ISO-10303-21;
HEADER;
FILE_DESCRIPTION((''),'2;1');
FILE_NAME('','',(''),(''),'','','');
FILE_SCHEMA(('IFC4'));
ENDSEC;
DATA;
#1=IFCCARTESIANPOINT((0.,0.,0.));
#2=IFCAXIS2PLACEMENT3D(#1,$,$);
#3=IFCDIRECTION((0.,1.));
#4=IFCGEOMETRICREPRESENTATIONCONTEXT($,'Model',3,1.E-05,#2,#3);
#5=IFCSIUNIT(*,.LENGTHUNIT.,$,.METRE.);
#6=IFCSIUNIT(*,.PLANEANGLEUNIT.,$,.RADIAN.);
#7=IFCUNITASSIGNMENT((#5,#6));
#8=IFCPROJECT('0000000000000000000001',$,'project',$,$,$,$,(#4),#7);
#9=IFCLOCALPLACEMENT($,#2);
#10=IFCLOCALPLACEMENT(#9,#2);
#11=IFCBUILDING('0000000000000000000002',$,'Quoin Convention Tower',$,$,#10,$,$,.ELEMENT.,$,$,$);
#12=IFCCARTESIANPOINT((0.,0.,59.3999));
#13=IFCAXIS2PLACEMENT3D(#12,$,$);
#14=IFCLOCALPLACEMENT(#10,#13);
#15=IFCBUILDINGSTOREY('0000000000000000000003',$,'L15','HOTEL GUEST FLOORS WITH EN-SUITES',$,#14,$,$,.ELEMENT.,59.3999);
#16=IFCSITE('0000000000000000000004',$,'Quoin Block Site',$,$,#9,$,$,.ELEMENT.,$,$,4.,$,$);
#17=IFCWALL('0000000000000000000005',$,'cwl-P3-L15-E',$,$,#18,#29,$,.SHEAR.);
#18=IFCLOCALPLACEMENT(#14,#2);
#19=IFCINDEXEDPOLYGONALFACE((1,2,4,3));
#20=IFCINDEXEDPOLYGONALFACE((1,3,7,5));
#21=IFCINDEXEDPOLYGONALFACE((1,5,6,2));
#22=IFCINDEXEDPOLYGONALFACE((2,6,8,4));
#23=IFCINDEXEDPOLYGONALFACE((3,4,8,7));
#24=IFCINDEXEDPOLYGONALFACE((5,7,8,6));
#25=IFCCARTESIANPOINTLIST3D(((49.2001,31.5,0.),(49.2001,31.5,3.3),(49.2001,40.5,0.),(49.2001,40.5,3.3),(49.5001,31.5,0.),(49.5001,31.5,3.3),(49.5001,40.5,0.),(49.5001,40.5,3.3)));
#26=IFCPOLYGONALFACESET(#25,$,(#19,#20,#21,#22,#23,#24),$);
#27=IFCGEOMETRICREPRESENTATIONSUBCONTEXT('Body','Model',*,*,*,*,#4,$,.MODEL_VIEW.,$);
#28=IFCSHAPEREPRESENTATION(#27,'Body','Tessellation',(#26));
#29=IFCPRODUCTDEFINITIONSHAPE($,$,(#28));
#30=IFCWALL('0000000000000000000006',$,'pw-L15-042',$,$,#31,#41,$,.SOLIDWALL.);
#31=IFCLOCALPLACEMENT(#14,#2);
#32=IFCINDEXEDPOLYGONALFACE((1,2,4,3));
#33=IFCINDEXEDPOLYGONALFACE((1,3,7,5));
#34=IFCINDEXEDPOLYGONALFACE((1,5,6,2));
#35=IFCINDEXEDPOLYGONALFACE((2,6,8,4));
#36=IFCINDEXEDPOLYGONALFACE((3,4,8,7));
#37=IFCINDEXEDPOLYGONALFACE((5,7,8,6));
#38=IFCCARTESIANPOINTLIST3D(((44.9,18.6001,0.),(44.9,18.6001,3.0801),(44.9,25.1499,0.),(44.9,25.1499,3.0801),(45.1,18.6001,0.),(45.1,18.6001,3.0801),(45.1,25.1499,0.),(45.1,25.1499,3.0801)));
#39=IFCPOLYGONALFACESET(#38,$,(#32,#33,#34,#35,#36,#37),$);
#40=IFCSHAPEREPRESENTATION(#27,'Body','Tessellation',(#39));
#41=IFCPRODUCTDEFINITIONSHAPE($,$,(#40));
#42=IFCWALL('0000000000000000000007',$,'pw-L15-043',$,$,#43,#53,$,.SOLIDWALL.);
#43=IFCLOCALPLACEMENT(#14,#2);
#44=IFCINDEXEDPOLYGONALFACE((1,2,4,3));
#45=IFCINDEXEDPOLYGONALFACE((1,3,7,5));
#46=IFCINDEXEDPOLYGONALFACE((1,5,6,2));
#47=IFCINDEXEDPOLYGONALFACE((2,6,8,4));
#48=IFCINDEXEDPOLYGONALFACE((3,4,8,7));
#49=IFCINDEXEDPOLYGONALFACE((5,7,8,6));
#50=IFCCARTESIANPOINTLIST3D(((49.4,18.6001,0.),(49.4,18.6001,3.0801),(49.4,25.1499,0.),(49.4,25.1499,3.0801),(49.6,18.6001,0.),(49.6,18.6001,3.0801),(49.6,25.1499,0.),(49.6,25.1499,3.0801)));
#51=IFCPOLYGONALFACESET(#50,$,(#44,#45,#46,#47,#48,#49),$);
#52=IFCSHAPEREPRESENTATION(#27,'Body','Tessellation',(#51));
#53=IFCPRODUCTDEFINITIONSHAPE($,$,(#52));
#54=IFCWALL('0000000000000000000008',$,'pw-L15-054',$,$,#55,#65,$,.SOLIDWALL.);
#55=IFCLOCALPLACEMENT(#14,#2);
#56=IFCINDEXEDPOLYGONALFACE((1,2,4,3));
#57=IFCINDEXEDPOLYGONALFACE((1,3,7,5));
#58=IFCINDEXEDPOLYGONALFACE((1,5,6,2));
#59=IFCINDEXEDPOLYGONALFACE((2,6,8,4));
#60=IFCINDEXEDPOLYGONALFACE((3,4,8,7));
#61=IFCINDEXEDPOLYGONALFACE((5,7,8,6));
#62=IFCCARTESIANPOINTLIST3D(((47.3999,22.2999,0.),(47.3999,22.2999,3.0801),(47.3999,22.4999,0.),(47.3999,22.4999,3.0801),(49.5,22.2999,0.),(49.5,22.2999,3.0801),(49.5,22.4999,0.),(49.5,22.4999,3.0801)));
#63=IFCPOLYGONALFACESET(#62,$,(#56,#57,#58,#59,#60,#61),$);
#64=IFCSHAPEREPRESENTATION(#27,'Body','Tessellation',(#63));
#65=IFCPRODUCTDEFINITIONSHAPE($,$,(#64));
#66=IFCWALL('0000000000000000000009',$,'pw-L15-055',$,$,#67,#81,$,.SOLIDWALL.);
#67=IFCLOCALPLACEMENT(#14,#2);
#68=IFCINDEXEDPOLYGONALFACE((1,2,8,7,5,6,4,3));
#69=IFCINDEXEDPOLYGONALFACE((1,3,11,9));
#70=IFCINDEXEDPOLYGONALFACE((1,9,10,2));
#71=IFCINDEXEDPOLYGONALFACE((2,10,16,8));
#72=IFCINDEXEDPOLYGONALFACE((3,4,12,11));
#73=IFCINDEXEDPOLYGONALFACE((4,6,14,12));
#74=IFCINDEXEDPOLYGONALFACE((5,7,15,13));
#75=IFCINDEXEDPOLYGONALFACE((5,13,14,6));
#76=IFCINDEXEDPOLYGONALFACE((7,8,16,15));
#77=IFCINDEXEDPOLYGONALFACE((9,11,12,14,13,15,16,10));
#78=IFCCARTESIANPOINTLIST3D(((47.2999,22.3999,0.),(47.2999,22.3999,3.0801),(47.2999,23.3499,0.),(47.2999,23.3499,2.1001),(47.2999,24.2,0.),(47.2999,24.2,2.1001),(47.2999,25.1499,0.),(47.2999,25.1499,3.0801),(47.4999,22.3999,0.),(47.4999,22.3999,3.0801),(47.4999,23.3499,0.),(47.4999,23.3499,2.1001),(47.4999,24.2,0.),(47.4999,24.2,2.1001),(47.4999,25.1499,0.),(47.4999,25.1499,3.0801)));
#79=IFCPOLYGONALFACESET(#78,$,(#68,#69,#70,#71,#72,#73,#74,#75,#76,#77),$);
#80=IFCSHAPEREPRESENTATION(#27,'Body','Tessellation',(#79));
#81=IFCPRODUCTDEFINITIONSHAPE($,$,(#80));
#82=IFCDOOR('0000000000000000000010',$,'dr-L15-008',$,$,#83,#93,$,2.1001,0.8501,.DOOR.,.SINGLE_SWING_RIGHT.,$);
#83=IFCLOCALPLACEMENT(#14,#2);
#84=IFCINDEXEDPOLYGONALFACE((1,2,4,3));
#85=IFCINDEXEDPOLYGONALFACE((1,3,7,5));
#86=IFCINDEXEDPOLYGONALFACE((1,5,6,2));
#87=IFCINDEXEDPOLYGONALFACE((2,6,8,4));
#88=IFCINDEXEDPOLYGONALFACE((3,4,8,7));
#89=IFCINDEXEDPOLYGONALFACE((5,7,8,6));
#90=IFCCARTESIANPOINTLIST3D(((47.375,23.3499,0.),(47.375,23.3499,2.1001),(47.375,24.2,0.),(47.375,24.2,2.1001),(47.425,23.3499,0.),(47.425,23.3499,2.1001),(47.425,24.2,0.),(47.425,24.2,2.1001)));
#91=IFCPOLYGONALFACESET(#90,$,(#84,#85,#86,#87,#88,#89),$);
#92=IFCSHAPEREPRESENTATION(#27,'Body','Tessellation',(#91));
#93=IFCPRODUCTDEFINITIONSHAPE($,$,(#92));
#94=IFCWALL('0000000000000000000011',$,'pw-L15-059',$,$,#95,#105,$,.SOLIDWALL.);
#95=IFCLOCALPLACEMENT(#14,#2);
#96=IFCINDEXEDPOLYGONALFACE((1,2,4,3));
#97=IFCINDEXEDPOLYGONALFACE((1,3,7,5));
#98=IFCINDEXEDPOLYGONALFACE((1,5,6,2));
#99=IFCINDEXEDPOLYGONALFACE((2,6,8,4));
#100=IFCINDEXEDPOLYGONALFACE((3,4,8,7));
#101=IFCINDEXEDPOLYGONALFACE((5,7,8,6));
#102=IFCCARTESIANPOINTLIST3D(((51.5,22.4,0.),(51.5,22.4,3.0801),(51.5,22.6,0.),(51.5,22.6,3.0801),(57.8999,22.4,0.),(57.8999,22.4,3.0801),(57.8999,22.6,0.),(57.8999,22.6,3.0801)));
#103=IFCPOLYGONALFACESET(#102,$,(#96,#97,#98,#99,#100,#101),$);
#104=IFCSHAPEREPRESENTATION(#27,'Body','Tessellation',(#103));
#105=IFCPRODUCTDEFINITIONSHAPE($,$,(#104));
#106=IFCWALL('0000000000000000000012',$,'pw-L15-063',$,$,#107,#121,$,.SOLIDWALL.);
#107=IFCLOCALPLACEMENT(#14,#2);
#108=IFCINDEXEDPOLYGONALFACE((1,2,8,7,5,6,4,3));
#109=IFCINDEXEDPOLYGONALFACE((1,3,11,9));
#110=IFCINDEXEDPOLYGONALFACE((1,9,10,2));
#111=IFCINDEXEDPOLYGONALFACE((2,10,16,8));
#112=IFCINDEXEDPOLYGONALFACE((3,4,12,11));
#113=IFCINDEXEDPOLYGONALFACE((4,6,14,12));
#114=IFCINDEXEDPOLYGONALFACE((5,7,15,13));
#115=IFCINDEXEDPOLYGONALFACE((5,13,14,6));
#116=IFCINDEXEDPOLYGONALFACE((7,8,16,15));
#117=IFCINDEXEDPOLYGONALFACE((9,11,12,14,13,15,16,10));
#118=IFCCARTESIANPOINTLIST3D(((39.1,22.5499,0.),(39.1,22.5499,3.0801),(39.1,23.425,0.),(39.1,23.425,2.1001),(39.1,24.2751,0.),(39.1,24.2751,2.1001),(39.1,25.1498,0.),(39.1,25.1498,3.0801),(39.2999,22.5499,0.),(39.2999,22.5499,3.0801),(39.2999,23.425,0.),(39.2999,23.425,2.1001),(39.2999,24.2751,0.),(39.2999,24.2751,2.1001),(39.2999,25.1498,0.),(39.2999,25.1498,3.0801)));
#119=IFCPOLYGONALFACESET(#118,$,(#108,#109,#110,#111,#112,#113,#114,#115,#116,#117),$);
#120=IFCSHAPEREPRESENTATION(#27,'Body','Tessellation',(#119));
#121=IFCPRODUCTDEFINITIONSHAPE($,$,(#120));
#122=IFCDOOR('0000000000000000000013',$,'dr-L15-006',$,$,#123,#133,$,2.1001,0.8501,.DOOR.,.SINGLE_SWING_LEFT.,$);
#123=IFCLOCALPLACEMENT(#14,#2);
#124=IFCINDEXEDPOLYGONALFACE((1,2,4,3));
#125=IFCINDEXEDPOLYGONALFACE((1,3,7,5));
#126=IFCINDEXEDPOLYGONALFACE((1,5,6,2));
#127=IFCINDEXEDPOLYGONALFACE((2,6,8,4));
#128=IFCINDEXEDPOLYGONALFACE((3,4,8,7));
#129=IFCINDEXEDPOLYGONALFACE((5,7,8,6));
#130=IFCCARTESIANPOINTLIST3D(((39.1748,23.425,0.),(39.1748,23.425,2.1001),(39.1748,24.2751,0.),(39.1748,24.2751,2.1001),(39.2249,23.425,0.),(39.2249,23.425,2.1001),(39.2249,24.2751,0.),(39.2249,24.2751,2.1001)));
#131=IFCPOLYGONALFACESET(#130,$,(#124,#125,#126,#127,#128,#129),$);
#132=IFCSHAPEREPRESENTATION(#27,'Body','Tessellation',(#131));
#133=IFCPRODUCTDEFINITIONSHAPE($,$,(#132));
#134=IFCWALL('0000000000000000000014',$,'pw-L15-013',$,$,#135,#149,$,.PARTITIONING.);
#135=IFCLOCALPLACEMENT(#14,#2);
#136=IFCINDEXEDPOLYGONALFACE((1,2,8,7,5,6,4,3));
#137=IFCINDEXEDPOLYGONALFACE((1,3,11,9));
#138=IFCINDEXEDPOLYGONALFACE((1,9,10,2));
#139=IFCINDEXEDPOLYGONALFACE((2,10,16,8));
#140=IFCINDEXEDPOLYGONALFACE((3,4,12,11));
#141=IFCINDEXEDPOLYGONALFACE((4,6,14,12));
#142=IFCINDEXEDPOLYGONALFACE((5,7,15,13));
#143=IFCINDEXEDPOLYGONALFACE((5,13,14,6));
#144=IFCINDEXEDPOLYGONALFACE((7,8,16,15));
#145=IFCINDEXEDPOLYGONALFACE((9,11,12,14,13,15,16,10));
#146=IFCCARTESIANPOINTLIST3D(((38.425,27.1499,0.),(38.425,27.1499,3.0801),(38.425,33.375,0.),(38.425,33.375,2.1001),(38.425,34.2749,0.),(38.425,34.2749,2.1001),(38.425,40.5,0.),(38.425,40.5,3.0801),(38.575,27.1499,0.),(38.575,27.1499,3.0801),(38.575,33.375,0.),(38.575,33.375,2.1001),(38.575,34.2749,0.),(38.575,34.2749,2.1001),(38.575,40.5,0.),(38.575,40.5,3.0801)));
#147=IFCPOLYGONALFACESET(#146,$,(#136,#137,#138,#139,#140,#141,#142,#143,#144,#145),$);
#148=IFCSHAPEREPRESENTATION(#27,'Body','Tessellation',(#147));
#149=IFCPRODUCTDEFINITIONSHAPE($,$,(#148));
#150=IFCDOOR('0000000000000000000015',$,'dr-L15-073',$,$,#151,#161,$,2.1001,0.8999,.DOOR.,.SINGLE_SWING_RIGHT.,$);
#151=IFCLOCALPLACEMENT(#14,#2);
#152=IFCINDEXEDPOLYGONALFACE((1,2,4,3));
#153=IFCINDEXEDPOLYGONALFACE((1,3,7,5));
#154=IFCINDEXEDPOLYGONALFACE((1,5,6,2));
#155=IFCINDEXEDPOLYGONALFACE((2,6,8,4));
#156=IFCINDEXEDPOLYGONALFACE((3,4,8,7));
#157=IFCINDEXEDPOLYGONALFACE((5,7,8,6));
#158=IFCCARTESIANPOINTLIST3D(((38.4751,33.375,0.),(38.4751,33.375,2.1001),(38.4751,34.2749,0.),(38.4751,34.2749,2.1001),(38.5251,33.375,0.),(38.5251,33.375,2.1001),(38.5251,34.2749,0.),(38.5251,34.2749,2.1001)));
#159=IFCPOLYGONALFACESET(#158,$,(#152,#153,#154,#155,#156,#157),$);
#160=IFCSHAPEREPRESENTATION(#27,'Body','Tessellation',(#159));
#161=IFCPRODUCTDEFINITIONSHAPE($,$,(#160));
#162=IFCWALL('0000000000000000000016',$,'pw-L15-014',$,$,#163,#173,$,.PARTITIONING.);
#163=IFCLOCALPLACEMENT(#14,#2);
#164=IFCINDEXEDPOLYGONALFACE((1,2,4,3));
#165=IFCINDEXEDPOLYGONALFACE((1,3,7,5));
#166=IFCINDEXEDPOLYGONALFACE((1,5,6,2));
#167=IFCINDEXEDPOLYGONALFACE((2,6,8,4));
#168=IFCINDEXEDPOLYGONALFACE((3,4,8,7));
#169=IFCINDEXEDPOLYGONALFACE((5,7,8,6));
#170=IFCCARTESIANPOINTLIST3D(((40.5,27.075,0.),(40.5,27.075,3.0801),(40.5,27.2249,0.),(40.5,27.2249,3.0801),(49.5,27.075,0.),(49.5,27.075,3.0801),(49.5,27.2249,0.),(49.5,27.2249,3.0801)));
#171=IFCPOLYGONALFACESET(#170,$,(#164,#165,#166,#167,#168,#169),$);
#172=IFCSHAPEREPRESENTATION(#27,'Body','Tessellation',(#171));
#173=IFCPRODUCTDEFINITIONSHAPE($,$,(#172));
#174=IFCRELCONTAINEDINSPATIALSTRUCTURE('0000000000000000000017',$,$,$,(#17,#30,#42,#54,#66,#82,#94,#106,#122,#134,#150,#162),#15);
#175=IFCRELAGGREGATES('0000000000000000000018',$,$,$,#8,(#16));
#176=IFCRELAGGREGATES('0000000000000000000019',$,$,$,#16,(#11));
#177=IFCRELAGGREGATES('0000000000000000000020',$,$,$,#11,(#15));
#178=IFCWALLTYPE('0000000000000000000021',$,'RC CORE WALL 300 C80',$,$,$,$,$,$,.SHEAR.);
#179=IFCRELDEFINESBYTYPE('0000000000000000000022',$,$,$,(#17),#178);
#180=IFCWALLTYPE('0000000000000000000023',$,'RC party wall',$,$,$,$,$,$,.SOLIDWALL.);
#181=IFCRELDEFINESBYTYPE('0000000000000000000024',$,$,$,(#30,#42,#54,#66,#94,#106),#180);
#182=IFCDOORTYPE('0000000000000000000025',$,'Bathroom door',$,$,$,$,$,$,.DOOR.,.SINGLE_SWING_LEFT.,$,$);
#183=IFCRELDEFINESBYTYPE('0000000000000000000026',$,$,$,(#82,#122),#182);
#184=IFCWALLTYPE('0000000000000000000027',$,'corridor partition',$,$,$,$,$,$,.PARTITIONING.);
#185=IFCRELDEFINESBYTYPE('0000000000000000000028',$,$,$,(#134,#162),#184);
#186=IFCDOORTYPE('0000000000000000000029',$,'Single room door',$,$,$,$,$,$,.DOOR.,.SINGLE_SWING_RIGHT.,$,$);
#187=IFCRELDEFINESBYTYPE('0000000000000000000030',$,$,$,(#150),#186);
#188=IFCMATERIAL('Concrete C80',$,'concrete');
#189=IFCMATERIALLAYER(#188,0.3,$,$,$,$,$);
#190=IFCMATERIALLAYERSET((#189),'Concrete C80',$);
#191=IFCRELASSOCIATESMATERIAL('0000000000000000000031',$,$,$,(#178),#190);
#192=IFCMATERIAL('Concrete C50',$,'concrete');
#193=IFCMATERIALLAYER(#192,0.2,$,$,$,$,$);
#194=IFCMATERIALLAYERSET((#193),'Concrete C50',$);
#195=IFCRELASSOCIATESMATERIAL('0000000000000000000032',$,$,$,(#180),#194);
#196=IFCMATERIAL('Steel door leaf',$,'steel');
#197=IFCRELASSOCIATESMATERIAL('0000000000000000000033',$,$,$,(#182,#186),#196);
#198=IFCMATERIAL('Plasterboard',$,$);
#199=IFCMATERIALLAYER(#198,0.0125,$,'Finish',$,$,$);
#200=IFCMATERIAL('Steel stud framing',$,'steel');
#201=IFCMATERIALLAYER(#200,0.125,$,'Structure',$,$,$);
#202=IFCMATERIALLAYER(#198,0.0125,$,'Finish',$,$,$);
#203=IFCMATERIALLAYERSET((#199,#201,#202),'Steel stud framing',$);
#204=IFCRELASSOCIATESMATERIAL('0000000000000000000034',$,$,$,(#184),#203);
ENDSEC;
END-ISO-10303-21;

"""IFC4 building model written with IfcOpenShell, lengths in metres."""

from ifc_helpers import new_model, si_unit, direction, frame, frame_2d, origin, place, context, subcontext, project, spatial, rectangle, extrude, material, layer, layer_set, type_object, element, fill, save


model = new_model("IFC4")

# Units and contexts
model_context = context("Model", 3, precision=1e-05, world=origin(), true_north=direction((0.0, 1.0)))
body_context = subcontext(model_context, "Body", "Model", "MODEL_VIEW")
ifc_project = project(units=[si_unit("LENGTHUNIT", "METRE"), si_unit("PLANEANGLEUNIT", "RADIAN")], contexts=[model_context])

# Site, building, storey
site_placement = place(None, origin())
site = spatial("IfcSite", under=ifc_project, at=site_placement, Name="Quoin Block Site", CompositionType="ELEMENT", RefElevation=4.0)
building_placement = place(site_placement, origin())
building = spatial("IfcBuilding", under=site, at=building_placement, Name="Quoin Convention Tower", CompositionType="ELEMENT")
storey_placement = place(building_placement, frame((0.0, 0.0, 59.3999)))
storey = spatial("IfcBuildingStorey", under=building, at=storey_placement, Name="L15", Description="HOTEL GUEST FLOORS WITH EN-SUITES", CompositionType="ELEMENT", Elevation=59.3999)

# Shared definitions
ifc_material_1 = material(Name="Concrete C80", Category="concrete")

# Shared definitions
ifc_material_2 = material(Name="Concrete C50", Category="concrete")

# Shared definitions
ifc_layer_1 = layer(ifc_material_1, 0.3)
ifc_layer_set_1 = layer_set([ifc_layer_1], Name="Concrete C80")
wall_type_1 = type_object("IfcWallType", Name="RC CORE WALL 300 C80", PredefinedType="SHEAR", material=ifc_layer_set_1)
ifc_material_3 = material(Name="Steel door leaf", Category="steel")

# Walls
wall_1_placement = place(storey_placement, frame((49.3501, 31.5, 0.0), z_axis=(0.0, 0.0, 1.0), x_axis=(0.0, 1.0, 0.0)))
element("IfcWall", 1, at=wall_1_placement, inside=storey, type_object=wall_type_1, Name="cwl-P3-L15-E", PredefinedType="SHEAR", context=body_context, shape_type="SweptSolid", body=[
    extrude(rectangle(XDim=9.0, YDim=0.3, at=frame_2d((4.5, 0.0))), origin(), (0.0, 0.0, 1.0), 3.3),
])
ifc_layer_2 = layer(ifc_material_2, 0.2)
ifc_layer_set_2 = layer_set([ifc_layer_2], Name="Concrete C50")
wall_type_2 = type_object("IfcWallType", Name="RC party wall", PredefinedType="SOLIDWALL", material=ifc_layer_set_2)
for number, where, z_axis, x_axis, name in (
    (2, (45.0, 18.6001, 0.0), (0.0, 0.0, 1.0), (0.0, 1.0, 0.0), "pw-L15-042"),
    (3, (49.5, 18.6001, 0.0), (0.0, 0.0, 1.0), (0.0, 1.0, 0.0), "pw-L15-043"),
):
    element("IfcWall", number, at=place(storey_placement, frame(where, z_axis=z_axis, x_axis=x_axis)), inside=storey, type_object=wall_type_2, Name=name, PredefinedType="SOLIDWALL", context=body_context, shape_type="SweptSolid", body=[
        extrude(rectangle(XDim=6.5498, YDim=0.2, at=frame_2d((3.2749, 0.0))), origin(), (0.0, 0.0, 1.0), 3.0801),
    ])
wall_2_placement = place(storey_placement, frame((47.3999, 22.3999, 0.0), z_axis=(0.0, 0.0, 1.0), x_axis=(1.0, 0.0, 0.0)))
element("IfcWall", 4, at=wall_2_placement, inside=storey, type_object=wall_type_2, Name="pw-L15-054", PredefinedType="SOLIDWALL", context=body_context, shape_type="SweptSolid", body=[
    extrude(rectangle(XDim=2.1001, YDim=0.2, at=frame_2d((1.05, 0.0))), origin(), (0.0, 0.0, 1.0), 3.0801),
])

# Wall, opening, door
wall_3_placement = place(storey_placement, frame((47.3999, 22.3999, 0.0), z_axis=(0.0, 0.0, 1.0), x_axis=(0.0, 1.0, 0.0)))
wall_3 = element("IfcWall", 5, at=wall_3_placement, inside=storey, type_object=wall_type_2, Name="pw-L15-055", PredefinedType="SOLIDWALL", context=body_context, shape_type="SweptSolid", body=[
    extrude(rectangle(XDim=2.75, YDim=0.2, at=frame_2d((1.375, 0.0))), origin(), (0.0, 0.0, 1.0), 3.0801),
])
opening_1_placement = place(wall_3_placement, frame((0.95, 0.0, 0.0)))
opening_1 = element("IfcOpeningElement", 6, at=opening_1_placement, cuts=wall_3, PredefinedType="OPENING", context=body_context, shape_type="SweptSolid", body=[
    extrude(rectangle(XDim=0.8501, YDim=2.1001, at=frame_2d((0.425, 1.05))), frame((0.0, 0.1099, 0.0), z_axis=(0.0, -1.0, 0.0), x_axis=(1.0, 0.0, 0.0)), (0.0, 0.0, 1.0), 0.22),
])
door_type_1 = type_object("IfcDoorType", Name="Bathroom door", OperationType="SINGLE_SWING_LEFT", PredefinedType="DOOR", material=ifc_material_3)
door_1_placement = place(opening_1_placement, origin())
door_1 = element("IfcDoor", 7, at=door_1_placement, inside=storey, type_object=door_type_1, Name="dr-L15-008", OperationType="SINGLE_SWING_RIGHT", OverallHeight=2.1001, OverallWidth=0.8501, PredefinedType="DOOR", context=body_context, shape_type="SweptSolid", body=[
    extrude(rectangle(XDim=0.8501, YDim=2.1001, at=frame_2d((0.425, 1.05))), frame((0.0, 0.0249, 0.0), z_axis=(0.0, -1.0, 0.0), x_axis=(1.0, 0.0, 0.0)), (0.0, 0.0, 1.0), 0.05),
])
fill(opening_1, door_1)

# Wall
wall_4_placement = place(storey_placement, frame((51.5, 22.5, 0.0), z_axis=(0.0, 0.0, 1.0), x_axis=(1.0, 0.0, 0.0)))
element("IfcWall", 8, at=wall_4_placement, inside=storey, type_object=wall_type_2, Name="pw-L15-059", PredefinedType="SOLIDWALL", context=body_context, shape_type="SweptSolid", body=[
    extrude(rectangle(XDim=6.3999, YDim=0.2, at=frame_2d((3.2, 0.0))), origin(), (0.0, 0.0, 1.0), 3.0801),
])

# Walls, openings, doors
wall_5_placement = place(storey_placement, frame((39.2, 22.55, 0.0), z_axis=(0.0, 0.0, 1.0), x_axis=(0.0, 1.0, 0.0)))
wall_5 = element("IfcWall", 9, at=wall_5_placement, inside=storey, type_object=wall_type_2, Name="pw-L15-063", PredefinedType="SOLIDWALL", context=body_context, shape_type="SweptSolid", body=[
    extrude(rectangle(XDim=2.5999, YDim=0.2, at=frame_2d((1.2998, 0.0))), origin(), (0.0, 0.0, 1.0), 3.0801),
])
opening_2_placement = place(wall_5_placement, frame((0.875, 0.0, 0.0)))
opening_2 = element("IfcOpeningElement", 10, at=opening_2_placement, cuts=wall_5, PredefinedType="OPENING", context=body_context, shape_type="SweptSolid", body=[
    extrude(rectangle(XDim=0.8501, YDim=2.1001, at=frame_2d((0.425, 1.05))), frame((0.0, 0.1099, 0.0), z_axis=(0.0, -1.0, 0.0), x_axis=(1.0, 0.0, 0.0)), (0.0, 0.0, 1.0), 0.22),
])
door_2_placement = place(opening_2_placement, frame((0.8501, 0.0, 0.0), z_axis=(0.0, 0.0, 1.0), x_axis=(-1.0, 0.0, 0.0)))
door_2 = element("IfcDoor", 11, at=door_2_placement, inside=storey, type_object=door_type_1, Name="dr-L15-006", OperationType="SINGLE_SWING_LEFT", OverallHeight=2.1001, OverallWidth=0.8501, PredefinedType="DOOR", context=body_context, shape_type="SweptSolid", body=[
    extrude(rectangle(XDim=0.8501, YDim=2.1001, at=frame_2d((0.425, 1.05))), frame((0.0, 0.0249, 0.0), z_axis=(0.0, -1.0, 0.0), x_axis=(1.0, 0.0, 0.0)), (0.0, 0.0, 1.0), 0.05),
])
fill(opening_2, door_2)
ifc_material_4 = material(Name="Plasterboard")
ifc_layer_3 = layer(ifc_material_4, 0.0125, Name="Finish")
ifc_material_5 = material(Name="Steel stud framing", Category="steel")
ifc_layer_4 = layer(ifc_material_5, 0.125, Name="Structure")
ifc_layer_5 = layer(ifc_material_4, 0.0125, Name="Finish")
ifc_layer_set_3 = layer_set([ifc_layer_3, ifc_layer_4, ifc_layer_5], Name="Steel stud framing")
wall_type_3 = type_object("IfcWallType", Name="corridor partition", PredefinedType="PARTITIONING", material=ifc_layer_set_3)
wall_6_placement = place(storey_placement, frame((38.5, 27.1499, 0.0), z_axis=(0.0, 0.0, 1.0), x_axis=(0.0, 1.0, 0.0)))
wall_6 = element("IfcWall", 12, at=wall_6_placement, inside=storey, type_object=wall_type_3, Name="pw-L15-013", PredefinedType="PARTITIONING", context=body_context, shape_type="SweptSolid", body=[
    extrude(rectangle(XDim=13.3501, YDim=0.1499, at=frame_2d((6.675, 0.0))), origin(), (0.0, 0.0, 1.0), 3.0801),
])
opening_3_placement = place(wall_6_placement, frame((6.2251, 0.0, 0.0)))
opening_3 = element("IfcOpeningElement", 13, at=opening_3_placement, cuts=wall_6, PredefinedType="OPENING", context=body_context, shape_type="SweptSolid", body=[
    extrude(rectangle(XDim=0.8999, YDim=2.1001, at=frame_2d((0.45, 1.05))), frame((0.0, 0.085, 0.0), z_axis=(0.0, -1.0, 0.0), x_axis=(1.0, 0.0, 0.0)), (0.0, 0.0, 1.0), 0.1699),
])
door_type_2 = type_object("IfcDoorType", Name="Single room door", OperationType="SINGLE_SWING_RIGHT", PredefinedType="DOOR", material=ifc_material_3)
door_3_placement = place(opening_3_placement, origin())
door_3 = element("IfcDoor", 14, at=door_3_placement, inside=storey, type_object=door_type_2, Name="dr-L15-073", OperationType="SINGLE_SWING_RIGHT", OverallHeight=2.1001, OverallWidth=0.8999, PredefinedType="DOOR", context=body_context, shape_type="SweptSolid", body=[
    extrude(rectangle(XDim=0.8999, YDim=2.1001, at=frame_2d((0.45, 1.05))), frame((0.0, 0.0249, 0.0), z_axis=(0.0, -1.0, 0.0), x_axis=(1.0, 0.0, 0.0)), (0.0, 0.0, 1.0), 0.05),
])
fill(opening_3, door_3)

# Wall
wall_7_placement = place(storey_placement, frame((40.5, 27.1499, 0.0), z_axis=(0.0, 0.0, 1.0), x_axis=(1.0, 0.0, 0.0)))
element("IfcWall", 15, at=wall_7_placement, inside=storey, type_object=wall_type_3, Name="pw-L15-014", PredefinedType="PARTITIONING", context=body_context, shape_type="SweptSolid", body=[
    extrude(rectangle(XDim=9.0, YDim=0.1499, at=frame_2d((4.5, 0.0))), origin(), (0.0, 0.0, 1.0), 3.0801),
])

save(model, "model.ifc")
